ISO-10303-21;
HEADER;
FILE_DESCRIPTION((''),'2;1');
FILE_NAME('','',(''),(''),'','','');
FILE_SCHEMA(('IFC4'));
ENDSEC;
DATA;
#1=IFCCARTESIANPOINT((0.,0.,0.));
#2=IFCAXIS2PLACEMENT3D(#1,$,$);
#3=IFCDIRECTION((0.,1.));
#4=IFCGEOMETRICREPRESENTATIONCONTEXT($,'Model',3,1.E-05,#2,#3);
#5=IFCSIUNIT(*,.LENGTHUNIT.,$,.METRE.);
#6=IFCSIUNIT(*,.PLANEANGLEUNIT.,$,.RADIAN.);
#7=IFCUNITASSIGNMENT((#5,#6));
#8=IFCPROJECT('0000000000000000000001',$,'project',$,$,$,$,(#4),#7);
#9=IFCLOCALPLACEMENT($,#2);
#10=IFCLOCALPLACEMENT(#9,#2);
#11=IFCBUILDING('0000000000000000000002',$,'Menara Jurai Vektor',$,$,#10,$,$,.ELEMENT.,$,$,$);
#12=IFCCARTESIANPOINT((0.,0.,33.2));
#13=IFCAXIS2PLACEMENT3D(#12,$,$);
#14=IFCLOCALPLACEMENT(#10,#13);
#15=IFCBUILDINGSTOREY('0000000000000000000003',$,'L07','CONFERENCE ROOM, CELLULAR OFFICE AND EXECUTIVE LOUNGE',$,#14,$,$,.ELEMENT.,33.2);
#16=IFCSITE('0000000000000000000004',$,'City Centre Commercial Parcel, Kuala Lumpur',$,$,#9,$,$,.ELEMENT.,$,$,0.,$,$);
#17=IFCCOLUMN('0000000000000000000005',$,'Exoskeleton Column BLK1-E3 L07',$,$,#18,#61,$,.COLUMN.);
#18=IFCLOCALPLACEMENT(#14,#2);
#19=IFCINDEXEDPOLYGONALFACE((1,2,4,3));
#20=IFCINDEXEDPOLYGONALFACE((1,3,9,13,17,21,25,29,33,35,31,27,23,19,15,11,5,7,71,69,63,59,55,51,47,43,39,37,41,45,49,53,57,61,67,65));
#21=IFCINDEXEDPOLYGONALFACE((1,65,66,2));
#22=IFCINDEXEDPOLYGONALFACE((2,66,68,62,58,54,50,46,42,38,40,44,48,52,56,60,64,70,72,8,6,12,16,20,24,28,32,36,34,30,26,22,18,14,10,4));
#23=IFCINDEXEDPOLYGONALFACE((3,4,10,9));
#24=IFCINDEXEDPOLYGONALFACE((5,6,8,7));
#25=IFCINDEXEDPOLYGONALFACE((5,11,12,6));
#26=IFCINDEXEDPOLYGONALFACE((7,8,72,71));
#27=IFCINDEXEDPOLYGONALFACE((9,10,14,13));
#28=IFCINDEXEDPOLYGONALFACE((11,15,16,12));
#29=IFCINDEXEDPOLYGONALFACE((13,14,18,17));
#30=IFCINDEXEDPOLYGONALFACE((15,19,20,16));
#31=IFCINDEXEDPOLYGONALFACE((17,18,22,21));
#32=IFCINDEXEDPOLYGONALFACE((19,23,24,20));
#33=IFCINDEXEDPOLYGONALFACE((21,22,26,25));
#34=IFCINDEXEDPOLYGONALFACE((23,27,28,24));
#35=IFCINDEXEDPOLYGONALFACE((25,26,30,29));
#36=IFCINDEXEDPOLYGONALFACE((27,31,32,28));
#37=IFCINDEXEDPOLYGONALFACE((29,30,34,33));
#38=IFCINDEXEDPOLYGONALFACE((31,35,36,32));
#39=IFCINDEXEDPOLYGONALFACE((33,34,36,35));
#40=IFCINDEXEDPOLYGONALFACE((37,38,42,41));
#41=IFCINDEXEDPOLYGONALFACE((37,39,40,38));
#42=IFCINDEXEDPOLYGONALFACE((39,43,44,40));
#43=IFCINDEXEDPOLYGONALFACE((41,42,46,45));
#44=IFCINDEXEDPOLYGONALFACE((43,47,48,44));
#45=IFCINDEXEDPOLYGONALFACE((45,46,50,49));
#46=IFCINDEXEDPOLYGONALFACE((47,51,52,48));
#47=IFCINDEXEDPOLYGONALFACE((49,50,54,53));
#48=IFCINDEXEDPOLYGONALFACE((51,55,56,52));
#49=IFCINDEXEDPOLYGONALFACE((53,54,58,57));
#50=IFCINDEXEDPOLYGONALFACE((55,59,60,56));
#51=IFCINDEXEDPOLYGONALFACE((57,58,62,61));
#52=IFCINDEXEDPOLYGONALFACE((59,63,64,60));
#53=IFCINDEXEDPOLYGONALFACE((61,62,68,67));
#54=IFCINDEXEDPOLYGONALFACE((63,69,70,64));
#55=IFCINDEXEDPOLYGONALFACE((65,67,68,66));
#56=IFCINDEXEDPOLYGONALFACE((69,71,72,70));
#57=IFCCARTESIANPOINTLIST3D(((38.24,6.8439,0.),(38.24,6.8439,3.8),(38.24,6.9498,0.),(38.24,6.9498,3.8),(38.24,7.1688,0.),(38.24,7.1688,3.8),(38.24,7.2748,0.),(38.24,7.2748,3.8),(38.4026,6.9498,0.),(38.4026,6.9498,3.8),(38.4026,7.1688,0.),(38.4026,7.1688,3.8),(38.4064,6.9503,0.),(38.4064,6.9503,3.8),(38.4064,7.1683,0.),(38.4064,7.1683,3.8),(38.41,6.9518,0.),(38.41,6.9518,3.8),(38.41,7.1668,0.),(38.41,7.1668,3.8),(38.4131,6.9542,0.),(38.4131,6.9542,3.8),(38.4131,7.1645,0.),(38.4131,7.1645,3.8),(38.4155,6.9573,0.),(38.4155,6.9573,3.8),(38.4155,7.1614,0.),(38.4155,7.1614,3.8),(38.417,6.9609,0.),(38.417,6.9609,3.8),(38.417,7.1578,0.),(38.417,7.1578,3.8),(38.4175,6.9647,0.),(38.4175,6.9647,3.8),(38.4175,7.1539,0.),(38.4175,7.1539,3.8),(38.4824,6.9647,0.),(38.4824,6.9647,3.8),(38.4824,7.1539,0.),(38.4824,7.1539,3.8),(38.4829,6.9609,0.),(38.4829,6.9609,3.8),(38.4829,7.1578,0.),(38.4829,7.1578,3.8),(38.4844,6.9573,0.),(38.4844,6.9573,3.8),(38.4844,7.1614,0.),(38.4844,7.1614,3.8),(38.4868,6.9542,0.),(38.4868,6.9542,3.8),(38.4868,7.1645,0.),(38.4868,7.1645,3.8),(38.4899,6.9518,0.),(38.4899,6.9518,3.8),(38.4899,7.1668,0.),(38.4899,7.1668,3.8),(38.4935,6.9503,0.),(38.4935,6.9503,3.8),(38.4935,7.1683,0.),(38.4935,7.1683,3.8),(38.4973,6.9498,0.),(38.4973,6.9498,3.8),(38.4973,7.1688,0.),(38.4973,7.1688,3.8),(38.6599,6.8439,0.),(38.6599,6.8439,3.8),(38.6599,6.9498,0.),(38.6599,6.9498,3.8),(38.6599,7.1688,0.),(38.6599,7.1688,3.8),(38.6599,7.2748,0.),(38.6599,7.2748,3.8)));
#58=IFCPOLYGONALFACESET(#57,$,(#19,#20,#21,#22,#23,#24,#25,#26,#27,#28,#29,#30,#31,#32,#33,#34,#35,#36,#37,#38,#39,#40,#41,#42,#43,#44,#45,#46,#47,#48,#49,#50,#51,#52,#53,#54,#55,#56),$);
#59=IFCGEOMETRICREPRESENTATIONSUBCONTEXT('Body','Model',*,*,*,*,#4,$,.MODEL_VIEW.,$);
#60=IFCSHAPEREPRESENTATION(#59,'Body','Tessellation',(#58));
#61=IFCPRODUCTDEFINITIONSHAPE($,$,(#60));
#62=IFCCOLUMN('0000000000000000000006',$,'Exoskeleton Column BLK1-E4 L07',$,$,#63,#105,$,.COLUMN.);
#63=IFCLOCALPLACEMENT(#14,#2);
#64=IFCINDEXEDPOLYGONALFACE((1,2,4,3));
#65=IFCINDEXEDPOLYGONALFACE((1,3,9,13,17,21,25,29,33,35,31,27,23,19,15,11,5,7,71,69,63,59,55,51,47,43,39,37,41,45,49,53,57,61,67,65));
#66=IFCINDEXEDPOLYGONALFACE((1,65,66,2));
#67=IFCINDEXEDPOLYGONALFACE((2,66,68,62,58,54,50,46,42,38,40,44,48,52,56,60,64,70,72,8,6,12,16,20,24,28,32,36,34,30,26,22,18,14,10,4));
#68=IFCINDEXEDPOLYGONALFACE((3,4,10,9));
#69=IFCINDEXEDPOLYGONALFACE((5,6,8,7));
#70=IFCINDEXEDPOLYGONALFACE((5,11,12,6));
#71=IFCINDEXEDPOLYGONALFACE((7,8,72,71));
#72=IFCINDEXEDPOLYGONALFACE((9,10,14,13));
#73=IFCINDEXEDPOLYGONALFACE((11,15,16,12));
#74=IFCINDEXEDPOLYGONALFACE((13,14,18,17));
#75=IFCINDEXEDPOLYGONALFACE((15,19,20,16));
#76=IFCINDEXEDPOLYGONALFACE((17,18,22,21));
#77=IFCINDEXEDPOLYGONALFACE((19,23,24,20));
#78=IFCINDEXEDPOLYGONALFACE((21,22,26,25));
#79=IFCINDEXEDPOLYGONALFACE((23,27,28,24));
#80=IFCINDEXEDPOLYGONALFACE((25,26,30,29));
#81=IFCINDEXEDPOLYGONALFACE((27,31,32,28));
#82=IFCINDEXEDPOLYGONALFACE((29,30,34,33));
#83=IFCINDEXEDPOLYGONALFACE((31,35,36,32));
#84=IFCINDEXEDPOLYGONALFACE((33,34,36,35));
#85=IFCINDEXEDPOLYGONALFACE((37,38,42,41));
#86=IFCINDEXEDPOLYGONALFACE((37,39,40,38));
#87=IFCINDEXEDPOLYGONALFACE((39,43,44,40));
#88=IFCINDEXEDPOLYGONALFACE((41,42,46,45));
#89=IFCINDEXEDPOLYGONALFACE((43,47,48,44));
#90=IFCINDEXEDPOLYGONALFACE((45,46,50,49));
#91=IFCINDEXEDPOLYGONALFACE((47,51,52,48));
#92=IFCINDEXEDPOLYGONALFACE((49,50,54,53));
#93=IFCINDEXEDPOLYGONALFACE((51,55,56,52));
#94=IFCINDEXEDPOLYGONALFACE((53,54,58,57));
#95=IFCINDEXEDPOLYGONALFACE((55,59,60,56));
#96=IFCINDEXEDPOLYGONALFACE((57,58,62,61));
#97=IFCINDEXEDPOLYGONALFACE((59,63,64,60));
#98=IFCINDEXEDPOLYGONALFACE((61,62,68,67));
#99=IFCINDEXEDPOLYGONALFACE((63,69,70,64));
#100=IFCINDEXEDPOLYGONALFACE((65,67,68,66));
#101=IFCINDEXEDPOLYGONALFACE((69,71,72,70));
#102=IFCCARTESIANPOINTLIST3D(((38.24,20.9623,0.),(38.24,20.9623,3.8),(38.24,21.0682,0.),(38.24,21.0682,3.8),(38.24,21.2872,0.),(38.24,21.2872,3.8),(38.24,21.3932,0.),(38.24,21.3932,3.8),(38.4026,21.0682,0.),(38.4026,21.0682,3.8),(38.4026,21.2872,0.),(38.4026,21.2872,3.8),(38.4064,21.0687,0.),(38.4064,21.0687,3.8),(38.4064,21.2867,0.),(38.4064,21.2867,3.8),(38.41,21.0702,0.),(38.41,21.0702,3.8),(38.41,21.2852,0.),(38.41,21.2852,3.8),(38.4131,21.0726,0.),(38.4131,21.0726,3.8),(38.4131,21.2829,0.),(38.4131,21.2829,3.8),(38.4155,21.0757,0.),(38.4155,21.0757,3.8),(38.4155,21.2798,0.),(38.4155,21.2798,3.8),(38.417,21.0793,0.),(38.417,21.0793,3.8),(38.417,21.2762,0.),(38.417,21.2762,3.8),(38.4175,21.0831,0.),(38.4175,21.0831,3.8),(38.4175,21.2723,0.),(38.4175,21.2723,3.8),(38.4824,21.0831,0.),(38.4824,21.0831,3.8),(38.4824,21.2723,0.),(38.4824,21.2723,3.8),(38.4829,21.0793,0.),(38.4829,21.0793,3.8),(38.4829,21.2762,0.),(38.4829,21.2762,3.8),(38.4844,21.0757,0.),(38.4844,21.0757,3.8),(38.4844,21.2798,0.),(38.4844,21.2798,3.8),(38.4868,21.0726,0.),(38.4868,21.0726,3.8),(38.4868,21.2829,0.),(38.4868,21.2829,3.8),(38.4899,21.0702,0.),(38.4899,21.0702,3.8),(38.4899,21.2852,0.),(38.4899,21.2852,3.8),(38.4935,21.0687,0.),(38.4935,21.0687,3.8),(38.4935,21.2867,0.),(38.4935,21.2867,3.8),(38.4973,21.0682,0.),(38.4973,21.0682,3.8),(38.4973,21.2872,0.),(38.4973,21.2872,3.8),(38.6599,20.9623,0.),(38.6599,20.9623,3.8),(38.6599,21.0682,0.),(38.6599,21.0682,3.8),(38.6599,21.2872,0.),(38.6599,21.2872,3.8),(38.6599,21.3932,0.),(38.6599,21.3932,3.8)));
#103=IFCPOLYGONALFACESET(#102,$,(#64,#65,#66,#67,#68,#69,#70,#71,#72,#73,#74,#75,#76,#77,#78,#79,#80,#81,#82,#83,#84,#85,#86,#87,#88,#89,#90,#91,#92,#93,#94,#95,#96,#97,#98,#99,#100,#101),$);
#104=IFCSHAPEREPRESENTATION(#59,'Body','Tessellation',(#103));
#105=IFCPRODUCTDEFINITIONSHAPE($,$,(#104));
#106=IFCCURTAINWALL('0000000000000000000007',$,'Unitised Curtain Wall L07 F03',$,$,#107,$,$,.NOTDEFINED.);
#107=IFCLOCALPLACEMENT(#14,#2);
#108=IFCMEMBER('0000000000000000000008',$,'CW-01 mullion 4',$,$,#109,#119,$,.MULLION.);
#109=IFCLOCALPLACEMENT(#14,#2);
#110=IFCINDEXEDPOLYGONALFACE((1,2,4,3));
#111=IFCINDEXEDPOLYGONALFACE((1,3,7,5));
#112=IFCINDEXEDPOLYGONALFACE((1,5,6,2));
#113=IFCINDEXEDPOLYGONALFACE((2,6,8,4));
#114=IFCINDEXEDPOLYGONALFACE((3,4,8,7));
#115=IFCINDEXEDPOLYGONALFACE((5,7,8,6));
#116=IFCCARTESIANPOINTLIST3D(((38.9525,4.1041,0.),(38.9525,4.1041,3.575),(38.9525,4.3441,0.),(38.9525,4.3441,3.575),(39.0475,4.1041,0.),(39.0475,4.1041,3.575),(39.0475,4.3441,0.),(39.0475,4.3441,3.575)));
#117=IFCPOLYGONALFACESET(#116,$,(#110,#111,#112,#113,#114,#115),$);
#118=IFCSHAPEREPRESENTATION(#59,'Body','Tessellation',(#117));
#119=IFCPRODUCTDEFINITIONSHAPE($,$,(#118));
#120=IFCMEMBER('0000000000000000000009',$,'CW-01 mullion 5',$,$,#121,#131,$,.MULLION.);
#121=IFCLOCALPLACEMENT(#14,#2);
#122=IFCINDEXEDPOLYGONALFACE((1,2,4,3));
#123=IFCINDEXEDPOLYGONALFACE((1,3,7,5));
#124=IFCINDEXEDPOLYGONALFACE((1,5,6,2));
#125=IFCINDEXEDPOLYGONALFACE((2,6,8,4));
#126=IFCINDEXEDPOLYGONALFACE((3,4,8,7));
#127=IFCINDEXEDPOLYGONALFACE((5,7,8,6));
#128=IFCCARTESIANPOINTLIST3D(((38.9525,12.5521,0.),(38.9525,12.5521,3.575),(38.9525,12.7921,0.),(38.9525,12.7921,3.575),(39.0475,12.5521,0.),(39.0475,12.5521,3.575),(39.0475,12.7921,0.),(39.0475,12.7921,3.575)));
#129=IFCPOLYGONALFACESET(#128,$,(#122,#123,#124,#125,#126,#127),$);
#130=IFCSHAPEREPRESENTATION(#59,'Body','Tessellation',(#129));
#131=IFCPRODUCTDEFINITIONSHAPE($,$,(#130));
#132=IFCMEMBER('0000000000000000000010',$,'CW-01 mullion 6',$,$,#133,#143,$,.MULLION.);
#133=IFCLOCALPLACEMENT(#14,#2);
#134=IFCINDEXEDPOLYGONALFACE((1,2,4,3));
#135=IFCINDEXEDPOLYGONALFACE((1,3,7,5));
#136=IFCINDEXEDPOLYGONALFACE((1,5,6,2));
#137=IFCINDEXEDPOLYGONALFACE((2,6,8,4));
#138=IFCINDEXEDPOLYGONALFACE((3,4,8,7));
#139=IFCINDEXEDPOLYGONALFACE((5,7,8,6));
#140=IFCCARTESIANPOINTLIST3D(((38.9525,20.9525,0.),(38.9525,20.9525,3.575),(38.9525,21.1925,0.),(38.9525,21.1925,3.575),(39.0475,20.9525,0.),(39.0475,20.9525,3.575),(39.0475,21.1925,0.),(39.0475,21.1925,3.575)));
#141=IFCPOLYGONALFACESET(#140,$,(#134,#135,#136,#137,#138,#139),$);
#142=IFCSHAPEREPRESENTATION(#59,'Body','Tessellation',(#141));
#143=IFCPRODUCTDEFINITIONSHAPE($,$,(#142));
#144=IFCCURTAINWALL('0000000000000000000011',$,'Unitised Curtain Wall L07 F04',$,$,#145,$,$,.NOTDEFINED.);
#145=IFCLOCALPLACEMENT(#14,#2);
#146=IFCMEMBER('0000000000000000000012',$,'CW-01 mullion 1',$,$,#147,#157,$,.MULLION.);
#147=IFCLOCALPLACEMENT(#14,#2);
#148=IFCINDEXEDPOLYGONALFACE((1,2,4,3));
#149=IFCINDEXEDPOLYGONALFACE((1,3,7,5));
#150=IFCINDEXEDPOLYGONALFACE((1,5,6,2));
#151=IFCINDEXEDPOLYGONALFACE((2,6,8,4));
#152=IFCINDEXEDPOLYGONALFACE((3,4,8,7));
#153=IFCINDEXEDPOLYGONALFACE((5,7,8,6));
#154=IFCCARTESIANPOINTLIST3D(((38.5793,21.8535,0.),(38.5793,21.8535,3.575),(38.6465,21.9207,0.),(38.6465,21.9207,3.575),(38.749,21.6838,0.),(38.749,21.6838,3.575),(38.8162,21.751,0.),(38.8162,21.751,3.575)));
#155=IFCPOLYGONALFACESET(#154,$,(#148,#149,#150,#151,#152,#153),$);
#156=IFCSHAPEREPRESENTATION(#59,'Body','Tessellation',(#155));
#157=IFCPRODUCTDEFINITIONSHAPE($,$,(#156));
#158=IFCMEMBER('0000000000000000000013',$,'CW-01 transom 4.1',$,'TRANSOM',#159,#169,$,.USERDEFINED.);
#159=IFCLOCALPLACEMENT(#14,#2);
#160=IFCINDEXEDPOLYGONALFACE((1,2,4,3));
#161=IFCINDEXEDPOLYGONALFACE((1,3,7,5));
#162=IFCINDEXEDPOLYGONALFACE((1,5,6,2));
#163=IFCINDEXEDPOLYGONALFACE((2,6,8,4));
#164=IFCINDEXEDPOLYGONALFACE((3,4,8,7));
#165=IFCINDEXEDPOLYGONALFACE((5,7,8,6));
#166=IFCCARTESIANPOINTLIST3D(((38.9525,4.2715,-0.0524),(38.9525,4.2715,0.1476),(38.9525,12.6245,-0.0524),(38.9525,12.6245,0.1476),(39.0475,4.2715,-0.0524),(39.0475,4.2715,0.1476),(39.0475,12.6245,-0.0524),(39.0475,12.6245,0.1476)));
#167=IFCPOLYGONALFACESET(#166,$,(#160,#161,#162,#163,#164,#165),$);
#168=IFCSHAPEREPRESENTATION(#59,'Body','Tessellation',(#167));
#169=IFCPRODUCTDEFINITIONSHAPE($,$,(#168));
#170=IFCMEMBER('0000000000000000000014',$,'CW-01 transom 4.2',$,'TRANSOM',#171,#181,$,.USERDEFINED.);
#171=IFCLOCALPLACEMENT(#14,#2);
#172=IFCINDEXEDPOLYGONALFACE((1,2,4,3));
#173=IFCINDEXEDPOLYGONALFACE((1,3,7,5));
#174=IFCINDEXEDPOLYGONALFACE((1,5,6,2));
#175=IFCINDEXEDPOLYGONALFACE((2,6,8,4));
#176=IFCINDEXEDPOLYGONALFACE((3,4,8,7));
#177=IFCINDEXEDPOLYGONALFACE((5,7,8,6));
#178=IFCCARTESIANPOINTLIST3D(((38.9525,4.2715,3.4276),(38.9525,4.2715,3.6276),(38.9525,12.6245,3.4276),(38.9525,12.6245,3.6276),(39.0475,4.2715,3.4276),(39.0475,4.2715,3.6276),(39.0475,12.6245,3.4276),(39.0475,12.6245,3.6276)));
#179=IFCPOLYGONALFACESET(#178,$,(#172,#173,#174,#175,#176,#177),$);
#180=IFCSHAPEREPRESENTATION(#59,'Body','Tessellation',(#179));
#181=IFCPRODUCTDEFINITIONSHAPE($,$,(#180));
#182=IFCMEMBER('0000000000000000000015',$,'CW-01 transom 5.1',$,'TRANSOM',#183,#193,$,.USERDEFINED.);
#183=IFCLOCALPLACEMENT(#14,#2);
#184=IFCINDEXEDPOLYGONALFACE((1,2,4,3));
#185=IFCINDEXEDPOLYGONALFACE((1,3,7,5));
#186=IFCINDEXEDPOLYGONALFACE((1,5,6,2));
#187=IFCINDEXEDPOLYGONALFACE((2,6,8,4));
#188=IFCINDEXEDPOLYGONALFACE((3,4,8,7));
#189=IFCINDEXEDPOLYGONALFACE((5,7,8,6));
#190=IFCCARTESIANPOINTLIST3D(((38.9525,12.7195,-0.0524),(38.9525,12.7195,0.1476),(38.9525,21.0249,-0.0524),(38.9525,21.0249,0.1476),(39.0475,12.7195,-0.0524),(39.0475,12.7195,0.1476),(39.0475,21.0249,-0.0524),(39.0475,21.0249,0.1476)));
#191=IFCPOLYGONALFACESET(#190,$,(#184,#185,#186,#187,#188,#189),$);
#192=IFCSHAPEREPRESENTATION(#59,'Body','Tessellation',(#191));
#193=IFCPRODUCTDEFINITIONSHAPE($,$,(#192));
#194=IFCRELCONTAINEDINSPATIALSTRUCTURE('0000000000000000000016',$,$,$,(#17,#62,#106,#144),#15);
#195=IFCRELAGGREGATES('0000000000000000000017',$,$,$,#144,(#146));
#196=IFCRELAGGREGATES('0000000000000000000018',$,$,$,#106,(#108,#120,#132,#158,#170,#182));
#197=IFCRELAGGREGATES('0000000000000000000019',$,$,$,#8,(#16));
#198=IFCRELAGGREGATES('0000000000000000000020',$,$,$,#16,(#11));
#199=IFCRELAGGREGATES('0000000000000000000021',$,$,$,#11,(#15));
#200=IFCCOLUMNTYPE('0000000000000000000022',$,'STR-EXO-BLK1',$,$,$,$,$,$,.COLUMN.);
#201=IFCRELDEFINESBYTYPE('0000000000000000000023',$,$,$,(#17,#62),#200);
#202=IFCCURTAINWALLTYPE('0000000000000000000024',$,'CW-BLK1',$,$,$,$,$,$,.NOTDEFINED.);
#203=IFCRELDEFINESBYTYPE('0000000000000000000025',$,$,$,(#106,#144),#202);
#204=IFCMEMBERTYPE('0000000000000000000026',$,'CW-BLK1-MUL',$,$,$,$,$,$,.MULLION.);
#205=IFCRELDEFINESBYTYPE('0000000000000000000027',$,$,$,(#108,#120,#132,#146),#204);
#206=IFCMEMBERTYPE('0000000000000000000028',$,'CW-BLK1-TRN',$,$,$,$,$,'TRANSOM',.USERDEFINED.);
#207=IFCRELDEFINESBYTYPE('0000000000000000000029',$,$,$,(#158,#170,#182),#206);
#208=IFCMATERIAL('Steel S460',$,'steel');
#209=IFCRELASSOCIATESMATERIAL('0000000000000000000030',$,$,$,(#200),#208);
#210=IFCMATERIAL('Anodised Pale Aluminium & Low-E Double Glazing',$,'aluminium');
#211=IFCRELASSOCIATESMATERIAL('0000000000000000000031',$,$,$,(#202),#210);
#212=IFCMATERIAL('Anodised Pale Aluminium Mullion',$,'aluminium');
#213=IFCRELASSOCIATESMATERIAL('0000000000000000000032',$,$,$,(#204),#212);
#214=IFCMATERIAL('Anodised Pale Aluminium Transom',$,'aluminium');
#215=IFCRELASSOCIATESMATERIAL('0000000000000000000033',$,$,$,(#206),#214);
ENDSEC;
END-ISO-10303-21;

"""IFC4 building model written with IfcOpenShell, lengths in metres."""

from ifc_helpers import new_model, si_unit, direction, frame, origin, origin_2d, place, context, subcontext, project, spatial, rectangle, i_section, extrude, material, material_profile, profile_set, type_object, element, aggregate, save


model = new_model("IFC4")

# Units and contexts
model_context = context("Model", 3, precision=1e-05, world=origin(), true_north=direction((0.0, 1.0)))
body_context = subcontext(model_context, "Body", "Model", "MODEL_VIEW")
ifc_project = project(units=[si_unit("LENGTHUNIT", "METRE"), si_unit("PLANEANGLEUNIT", "RADIAN")], contexts=[model_context])

# Site, building, storey
site_placement = place(None, origin())
site = spatial("IfcSite", under=ifc_project, at=site_placement, Name="City Centre Commercial Parcel, Kuala Lumpur", CompositionType="ELEMENT", RefElevation=0.0)
building_placement = place(site_placement, origin())
building = spatial("IfcBuilding", under=site, at=building_placement, Name="Menara Jurai Vektor", CompositionType="ELEMENT")
storey_placement = place(building_placement, frame((0.0, 0.0, 33.2)))
storey = spatial("IfcBuildingStorey", under=building, at=storey_placement, Name="L07", Description="CONFERENCE ROOM, CELLULAR OFFICE AND EXECUTIVE LOUNGE", CompositionType="ELEMENT", Elevation=33.2)

# Columns
ifc_material_1 = material(Name="Steel S460", Category="steel")
ifc_material_profile_1 = material_profile(ifc_material_1, i_section(OverallWidth=0.4199, OverallDepth=0.4309, WebThickness=0.0649, FlangeThickness=0.106, FilletRadius=0.0149, at=origin_2d()), Name="HD 400x900")
ifc_profile_set_1 = profile_set([ifc_material_profile_1], Name="Steel S460")
column_type = type_object("IfcColumnType", Name="STR-EXO-BLK1", PredefinedType="COLUMN", material=ifc_profile_set_1)
for number, where, z_axis, x_axis, name in (
    (1, (38.45, 7.0593, 0.0), (0.0, 0.0, 1.0), (1.0, 0.0, 0.0), "Exoskeleton Column BLK1-E3 L07"),
    (2, (38.45, 21.1777, 0.0), (0.0, 0.0, 1.0), (1.0, 0.0, 0.0), "Exoskeleton Column BLK1-E4 L07"),
):
    element("IfcColumn", number, at=place(storey_placement, frame(where, z_axis=z_axis, x_axis=x_axis)), inside=storey, type_object=column_type, Name=name, PredefinedType="COLUMN", context=body_context, shape_type="SweptSolid", body=[
        extrude(i_section(OverallWidth=0.4199, OverallDepth=0.4309, WebThickness=0.0649, FlangeThickness=0.106, FilletRadius=0.0149, at=origin_2d()), origin(), (0.0, 0.0, 1.0), 3.8),
    ])

# Curtain wall, members
ifc_material_2 = material(Name="Anodised Pale Aluminium & Low-E Double Glazing", Category="aluminium")
curtain_wall_type = type_object("IfcCurtainWallType", Name="CW-BLK1", PredefinedType="NOTDEFINED", material=ifc_material_2)
curtain_wall_1_placement = place(storey_placement, origin())
curtain_wall_1 = element("IfcCurtainWall", 3, at=curtain_wall_1_placement, inside=storey, type_object=curtain_wall_type, Name="Unitised Curtain Wall L07 F03", PredefinedType="NOTDEFINED")
ifc_material_3 = material(Name="Anodised Pale Aluminium Mullion", Category="aluminium")
ifc_material_profile_2 = material_profile(ifc_material_3, rectangle(XDim=0.095, YDim=0.24, at=origin_2d()), Name="ALU MUL 95x240")
ifc_profile_set_2 = profile_set([ifc_material_profile_2], Name="Anodised Pale Aluminium Mullion")
member_type_1 = type_object("IfcMemberType", Name="CW-BLK1-MUL", PredefinedType="MULLION", material=ifc_profile_set_2)
member_1_placement = place(storey_placement, frame((39.0, 4.2241, 0.0), z_axis=(0.0, 0.0, 1.0), x_axis=(-1.0, 0.0, 0.0)))
member_1 = element("IfcMember", 4, at=member_1_placement, type_object=member_type_1, Name="CW-01 mullion 4", PredefinedType="MULLION", context=body_context, shape_type="SweptSolid", body=[
    extrude(rectangle(XDim=0.095, YDim=0.24, at=origin_2d()), origin(), (0.0, 0.0, 1.0), 3.575),
])
member_2_placement = place(storey_placement, frame((39.0, 12.6721, 0.0), z_axis=(0.0, 0.0, 1.0), x_axis=(-1.0, 0.0, 0.0)))
member_2 = element("IfcMember", 5, at=member_2_placement, type_object=member_type_1, Name="CW-01 mullion 5", PredefinedType="MULLION", context=body_context, shape_type="SweptSolid", body=[
    extrude(rectangle(XDim=0.095, YDim=0.24, at=origin_2d()), origin(), (0.0, 0.0, 1.0), 3.575),
])
member_3_placement = place(storey_placement, frame((39.0, 21.0725, 0.0), z_axis=(0.0, 0.0, 1.0), x_axis=(-1.0, 0.0, 0.0)))
member_3 = element("IfcMember", 6, at=member_3_placement, type_object=member_type_1, Name="CW-01 mullion 6", PredefinedType="MULLION", context=body_context, shape_type="SweptSolid", body=[
    extrude(rectangle(XDim=0.095, YDim=0.24, at=origin_2d()), origin(), (0.0, 0.0, 1.0), 3.575),
])

# Curtain wall, member
curtain_wall_2_placement = place(storey_placement, origin())
curtain_wall_2 = element("IfcCurtainWall", 7, at=curtain_wall_2_placement, inside=storey, type_object=curtain_wall_type, Name="Unitised Curtain Wall L07 F04", PredefinedType="NOTDEFINED")
member_4_placement = place(storey_placement, frame((38.6978, 21.8022, 0.0), z_axis=(0.0, 0.0, 1.0), x_axis=(-0.707107, -0.707107, 0.0)))
member_4 = element("IfcMember", 8, at=member_4_placement, type_object=member_type_1, Name="CW-01 mullion 1", PredefinedType="MULLION", context=body_context, shape_type="SweptSolid", body=[
    extrude(rectangle(XDim=0.095, YDim=0.24, at=origin_2d()), origin(), (0.0, 0.0, 1.0), 3.575),
])
aggregate(curtain_wall_2, [member_4])

# Members
ifc_material_4 = material(Name="Anodised Pale Aluminium Transom", Category="aluminium")
ifc_material_profile_3 = material_profile(ifc_material_4, rectangle(XDim=0.095, YDim=0.2, at=origin_2d()), Name="ALU TRN 95x200")
ifc_profile_set_3 = profile_set([ifc_material_profile_3], Name="Anodised Pale Aluminium Transom")
member_type_2 = type_object("IfcMemberType", Name="CW-BLK1-TRN", ElementType="TRANSOM", PredefinedType="USERDEFINED", material=ifc_profile_set_3)
member_5_placement = place(storey_placement, frame((39.0, 4.2715, 0.0476), z_axis=(0.0, 1.0, 0.0), x_axis=(-1.0, 0.0, 0.0)))
member_5 = element("IfcMember", 9, at=member_5_placement, type_object=member_type_2, Name="CW-01 transom 4.1", ObjectType="TRANSOM", PredefinedType="USERDEFINED", context=body_context, shape_type="SweptSolid", body=[
    extrude(rectangle(XDim=0.095, YDim=0.2, at=origin_2d()), origin(), (0.0, 0.0, 1.0), 8.353),
])
member_6_placement = place(storey_placement, frame((39.0, 4.2715, 3.5276), z_axis=(0.0, 1.0, 0.0), x_axis=(-1.0, 0.0, 0.0)))
member_6 = element("IfcMember", 10, at=member_6_placement, type_object=member_type_2, Name="CW-01 transom 4.2", ObjectType="TRANSOM", PredefinedType="USERDEFINED", context=body_context, shape_type="SweptSolid", body=[
    extrude(rectangle(XDim=0.095, YDim=0.2, at=origin_2d()), origin(), (0.0, 0.0, 1.0), 8.353),
])
member_7_placement = place(storey_placement, frame((39.0, 12.7195, 0.0476), z_axis=(0.0, 1.0, 0.0), x_axis=(-1.0, 0.0, 0.0)))
member_7 = element("IfcMember", 11, at=member_7_placement, type_object=member_type_2, Name="CW-01 transom 5.1", ObjectType="TRANSOM", PredefinedType="USERDEFINED", context=body_context, shape_type="SweptSolid", body=[
    extrude(rectangle(XDim=0.095, YDim=0.2, at=origin_2d()), origin(), (0.0, 0.0, 1.0), 8.3054),
])

aggregate(curtain_wall_1, [member_1, member_2, member_3, member_5, member_6, member_7])

save(model, "model.ifc")
